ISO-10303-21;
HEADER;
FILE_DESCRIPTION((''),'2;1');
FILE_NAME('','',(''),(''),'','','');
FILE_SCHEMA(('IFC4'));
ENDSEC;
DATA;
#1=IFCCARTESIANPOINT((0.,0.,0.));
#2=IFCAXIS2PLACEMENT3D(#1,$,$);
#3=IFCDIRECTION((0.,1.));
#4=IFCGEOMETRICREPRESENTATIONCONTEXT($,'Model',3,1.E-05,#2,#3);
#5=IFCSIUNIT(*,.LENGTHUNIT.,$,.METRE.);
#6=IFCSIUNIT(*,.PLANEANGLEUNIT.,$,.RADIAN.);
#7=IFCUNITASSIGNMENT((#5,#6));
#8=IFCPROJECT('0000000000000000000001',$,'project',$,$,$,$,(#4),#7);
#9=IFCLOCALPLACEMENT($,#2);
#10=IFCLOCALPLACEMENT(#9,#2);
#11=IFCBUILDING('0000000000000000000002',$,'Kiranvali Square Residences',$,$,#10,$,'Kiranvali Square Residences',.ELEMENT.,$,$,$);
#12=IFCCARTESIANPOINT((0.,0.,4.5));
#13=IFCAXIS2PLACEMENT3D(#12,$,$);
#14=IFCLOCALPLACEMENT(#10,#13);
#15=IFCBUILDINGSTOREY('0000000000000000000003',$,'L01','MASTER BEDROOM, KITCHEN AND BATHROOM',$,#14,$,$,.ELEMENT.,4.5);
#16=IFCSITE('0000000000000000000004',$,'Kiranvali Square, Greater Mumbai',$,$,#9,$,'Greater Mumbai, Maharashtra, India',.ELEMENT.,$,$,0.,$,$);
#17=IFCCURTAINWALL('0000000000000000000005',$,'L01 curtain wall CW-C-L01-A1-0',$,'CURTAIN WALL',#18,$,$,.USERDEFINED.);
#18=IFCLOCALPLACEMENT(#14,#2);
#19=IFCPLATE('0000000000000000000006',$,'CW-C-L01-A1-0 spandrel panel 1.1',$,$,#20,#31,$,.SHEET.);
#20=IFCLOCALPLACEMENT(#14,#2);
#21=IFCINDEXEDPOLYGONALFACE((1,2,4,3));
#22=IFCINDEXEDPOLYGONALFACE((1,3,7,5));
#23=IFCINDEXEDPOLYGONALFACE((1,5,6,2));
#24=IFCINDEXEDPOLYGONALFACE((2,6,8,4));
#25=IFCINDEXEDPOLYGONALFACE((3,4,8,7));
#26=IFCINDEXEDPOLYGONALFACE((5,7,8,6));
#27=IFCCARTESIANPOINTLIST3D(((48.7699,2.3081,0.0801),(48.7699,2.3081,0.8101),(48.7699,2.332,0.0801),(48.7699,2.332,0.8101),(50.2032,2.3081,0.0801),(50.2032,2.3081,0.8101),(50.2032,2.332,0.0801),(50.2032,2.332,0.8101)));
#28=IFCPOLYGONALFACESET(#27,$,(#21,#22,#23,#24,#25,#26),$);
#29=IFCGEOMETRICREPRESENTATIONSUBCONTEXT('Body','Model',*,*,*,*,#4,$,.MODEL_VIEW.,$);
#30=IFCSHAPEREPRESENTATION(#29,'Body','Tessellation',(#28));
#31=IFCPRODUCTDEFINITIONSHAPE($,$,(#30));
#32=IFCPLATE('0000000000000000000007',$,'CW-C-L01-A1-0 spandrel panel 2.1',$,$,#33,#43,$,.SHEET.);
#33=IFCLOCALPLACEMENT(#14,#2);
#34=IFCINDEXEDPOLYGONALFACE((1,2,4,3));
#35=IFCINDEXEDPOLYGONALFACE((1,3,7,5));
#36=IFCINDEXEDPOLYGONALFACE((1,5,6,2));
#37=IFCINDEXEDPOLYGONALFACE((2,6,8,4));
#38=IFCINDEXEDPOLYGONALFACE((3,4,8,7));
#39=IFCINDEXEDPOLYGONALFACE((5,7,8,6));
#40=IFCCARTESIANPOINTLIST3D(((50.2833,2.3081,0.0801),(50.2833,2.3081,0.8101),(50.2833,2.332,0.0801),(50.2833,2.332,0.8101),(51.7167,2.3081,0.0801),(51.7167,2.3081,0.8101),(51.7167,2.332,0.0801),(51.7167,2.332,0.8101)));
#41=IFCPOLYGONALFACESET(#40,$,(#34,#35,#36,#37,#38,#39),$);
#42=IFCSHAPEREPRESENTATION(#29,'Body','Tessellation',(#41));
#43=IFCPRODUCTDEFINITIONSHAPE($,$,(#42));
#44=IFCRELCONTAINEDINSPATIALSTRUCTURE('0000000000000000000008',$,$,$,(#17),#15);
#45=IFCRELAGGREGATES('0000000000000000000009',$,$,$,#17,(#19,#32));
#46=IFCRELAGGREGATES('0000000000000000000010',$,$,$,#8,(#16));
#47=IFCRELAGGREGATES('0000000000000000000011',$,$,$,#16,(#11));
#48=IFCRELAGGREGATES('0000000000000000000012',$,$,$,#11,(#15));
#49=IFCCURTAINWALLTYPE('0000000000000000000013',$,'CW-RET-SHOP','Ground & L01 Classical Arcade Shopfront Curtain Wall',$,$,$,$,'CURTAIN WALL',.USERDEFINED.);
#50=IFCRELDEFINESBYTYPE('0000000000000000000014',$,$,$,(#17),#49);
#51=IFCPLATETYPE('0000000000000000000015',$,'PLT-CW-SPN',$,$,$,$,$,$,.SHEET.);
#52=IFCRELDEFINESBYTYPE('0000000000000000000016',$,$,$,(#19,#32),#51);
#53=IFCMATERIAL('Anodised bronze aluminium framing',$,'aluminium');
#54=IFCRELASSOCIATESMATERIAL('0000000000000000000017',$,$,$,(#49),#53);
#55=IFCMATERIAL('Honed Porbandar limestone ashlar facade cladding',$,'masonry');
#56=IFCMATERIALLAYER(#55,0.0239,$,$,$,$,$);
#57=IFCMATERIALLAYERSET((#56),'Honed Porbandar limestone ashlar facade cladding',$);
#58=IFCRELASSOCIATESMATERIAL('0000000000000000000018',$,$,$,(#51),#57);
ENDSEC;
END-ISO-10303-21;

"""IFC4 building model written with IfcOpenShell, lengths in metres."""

from ifc_helpers import new_model, si_unit, direction, frame, origin, origin_2d, place, context, subcontext, project, spatial, rectangle, extrude, material, layer, layer_set, type_object, element, aggregate, save


model = new_model("IFC4")

# Units and contexts
model_context = context("Model", 3, precision=1e-05, world=origin(), true_north=direction((0.0, 1.0)))
body_context = subcontext(model_context, "Body", "Model", "MODEL_VIEW")
ifc_project = project(units=[si_unit("LENGTHUNIT", "METRE"), si_unit("PLANEANGLEUNIT", "RADIAN")], contexts=[model_context])

# Site, building, storey
site_placement = place(None, origin())
site = spatial("IfcSite", under=ifc_project, at=site_placement, Name="Kiranvali Square, Greater Mumbai", LongName="Greater Mumbai, Maharashtra, India", CompositionType="ELEMENT", RefElevation=0.0)
building_placement = place(site_placement, origin())
building = spatial("IfcBuilding", under=site, at=building_placement, Name="Kiranvali Square Residences", LongName="Kiranvali Square Residences", CompositionType="ELEMENT")
storey_placement = place(building_placement, frame((0.0, 0.0, 4.5)))
storey = spatial("IfcBuildingStorey", under=building, at=storey_placement, Name="L01", Description="MASTER BEDROOM, KITCHEN AND BATHROOM", CompositionType="ELEMENT", Elevation=4.5)

# Curtain wall
ifc_material_1 = material(Name="Anodised bronze aluminium framing", Category="aluminium")
curtain_wall_type = type_object("IfcCurtainWallType", Name="CW-RET-SHOP", Description="Ground & L01 Classical Arcade Shopfront Curtain Wall", ElementType="CURTAIN WALL", PredefinedType="USERDEFINED", material=ifc_material_1)
curtain_wall_1_placement = place(storey_placement, origin())
curtain_wall_1 = element("IfcCurtainWall", 1, at=curtain_wall_1_placement, inside=storey, type_object=curtain_wall_type, Name="L01 curtain wall CW-C-L01-A1-0", ObjectType="CURTAIN WALL", PredefinedType="USERDEFINED")

# Plates
ifc_material_2 = material(Name="Honed Porbandar limestone ashlar facade cladding", Category="masonry")
ifc_layer_1 = layer(ifc_material_2, 0.0239)
ifc_layer_set_1 = layer_set([ifc_layer_1], Name="Honed Porbandar limestone ashlar facade cladding")
plate_type_1 = type_object("IfcPlateType", Name="PLT-CW-SPN", PredefinedType="SHEET", material=ifc_layer_set_1)
plate_1_placement = place(storey_placement, frame((49.4866, 2.3201, 0.0801), z_axis=(0.0, 0.0, 1.0), x_axis=(1.0, 0.0, 0.0)))
plate_1 = element("IfcPlate", 2, at=plate_1_placement, type_object=plate_type_1, Name="CW-C-L01-A1-0 spandrel panel 1.1", PredefinedType="SHEET", context=body_context, shape_type="SweptSolid", body=[
    extrude(rectangle(XDim=1.4333, YDim=0.0239, at=origin_2d()), origin(), (0.0, 0.0, 1.0), 0.73),
])
plate_2_placement = place(storey_placement, frame((51.0, 2.3201, 0.0801), z_axis=(0.0, 0.0, 1.0), x_axis=(1.0, 0.0, 0.0)))
plate_2 = element("IfcPlate", 3, at=plate_2_placement, type_object=plate_type_1, Name="CW-C-L01-A1-0 spandrel panel 2.1", PredefinedType="SHEET", context=body_context, shape_type="SweptSolid", body=[
    extrude(rectangle(XDim=1.4333, YDim=0.0239, at=origin_2d()), origin(), (0.0, 0.0, 1.0), 0.73),
])
aggregate(curtain_wall_1, [plate_1, plate_2])

save(model, "model.ifc")
